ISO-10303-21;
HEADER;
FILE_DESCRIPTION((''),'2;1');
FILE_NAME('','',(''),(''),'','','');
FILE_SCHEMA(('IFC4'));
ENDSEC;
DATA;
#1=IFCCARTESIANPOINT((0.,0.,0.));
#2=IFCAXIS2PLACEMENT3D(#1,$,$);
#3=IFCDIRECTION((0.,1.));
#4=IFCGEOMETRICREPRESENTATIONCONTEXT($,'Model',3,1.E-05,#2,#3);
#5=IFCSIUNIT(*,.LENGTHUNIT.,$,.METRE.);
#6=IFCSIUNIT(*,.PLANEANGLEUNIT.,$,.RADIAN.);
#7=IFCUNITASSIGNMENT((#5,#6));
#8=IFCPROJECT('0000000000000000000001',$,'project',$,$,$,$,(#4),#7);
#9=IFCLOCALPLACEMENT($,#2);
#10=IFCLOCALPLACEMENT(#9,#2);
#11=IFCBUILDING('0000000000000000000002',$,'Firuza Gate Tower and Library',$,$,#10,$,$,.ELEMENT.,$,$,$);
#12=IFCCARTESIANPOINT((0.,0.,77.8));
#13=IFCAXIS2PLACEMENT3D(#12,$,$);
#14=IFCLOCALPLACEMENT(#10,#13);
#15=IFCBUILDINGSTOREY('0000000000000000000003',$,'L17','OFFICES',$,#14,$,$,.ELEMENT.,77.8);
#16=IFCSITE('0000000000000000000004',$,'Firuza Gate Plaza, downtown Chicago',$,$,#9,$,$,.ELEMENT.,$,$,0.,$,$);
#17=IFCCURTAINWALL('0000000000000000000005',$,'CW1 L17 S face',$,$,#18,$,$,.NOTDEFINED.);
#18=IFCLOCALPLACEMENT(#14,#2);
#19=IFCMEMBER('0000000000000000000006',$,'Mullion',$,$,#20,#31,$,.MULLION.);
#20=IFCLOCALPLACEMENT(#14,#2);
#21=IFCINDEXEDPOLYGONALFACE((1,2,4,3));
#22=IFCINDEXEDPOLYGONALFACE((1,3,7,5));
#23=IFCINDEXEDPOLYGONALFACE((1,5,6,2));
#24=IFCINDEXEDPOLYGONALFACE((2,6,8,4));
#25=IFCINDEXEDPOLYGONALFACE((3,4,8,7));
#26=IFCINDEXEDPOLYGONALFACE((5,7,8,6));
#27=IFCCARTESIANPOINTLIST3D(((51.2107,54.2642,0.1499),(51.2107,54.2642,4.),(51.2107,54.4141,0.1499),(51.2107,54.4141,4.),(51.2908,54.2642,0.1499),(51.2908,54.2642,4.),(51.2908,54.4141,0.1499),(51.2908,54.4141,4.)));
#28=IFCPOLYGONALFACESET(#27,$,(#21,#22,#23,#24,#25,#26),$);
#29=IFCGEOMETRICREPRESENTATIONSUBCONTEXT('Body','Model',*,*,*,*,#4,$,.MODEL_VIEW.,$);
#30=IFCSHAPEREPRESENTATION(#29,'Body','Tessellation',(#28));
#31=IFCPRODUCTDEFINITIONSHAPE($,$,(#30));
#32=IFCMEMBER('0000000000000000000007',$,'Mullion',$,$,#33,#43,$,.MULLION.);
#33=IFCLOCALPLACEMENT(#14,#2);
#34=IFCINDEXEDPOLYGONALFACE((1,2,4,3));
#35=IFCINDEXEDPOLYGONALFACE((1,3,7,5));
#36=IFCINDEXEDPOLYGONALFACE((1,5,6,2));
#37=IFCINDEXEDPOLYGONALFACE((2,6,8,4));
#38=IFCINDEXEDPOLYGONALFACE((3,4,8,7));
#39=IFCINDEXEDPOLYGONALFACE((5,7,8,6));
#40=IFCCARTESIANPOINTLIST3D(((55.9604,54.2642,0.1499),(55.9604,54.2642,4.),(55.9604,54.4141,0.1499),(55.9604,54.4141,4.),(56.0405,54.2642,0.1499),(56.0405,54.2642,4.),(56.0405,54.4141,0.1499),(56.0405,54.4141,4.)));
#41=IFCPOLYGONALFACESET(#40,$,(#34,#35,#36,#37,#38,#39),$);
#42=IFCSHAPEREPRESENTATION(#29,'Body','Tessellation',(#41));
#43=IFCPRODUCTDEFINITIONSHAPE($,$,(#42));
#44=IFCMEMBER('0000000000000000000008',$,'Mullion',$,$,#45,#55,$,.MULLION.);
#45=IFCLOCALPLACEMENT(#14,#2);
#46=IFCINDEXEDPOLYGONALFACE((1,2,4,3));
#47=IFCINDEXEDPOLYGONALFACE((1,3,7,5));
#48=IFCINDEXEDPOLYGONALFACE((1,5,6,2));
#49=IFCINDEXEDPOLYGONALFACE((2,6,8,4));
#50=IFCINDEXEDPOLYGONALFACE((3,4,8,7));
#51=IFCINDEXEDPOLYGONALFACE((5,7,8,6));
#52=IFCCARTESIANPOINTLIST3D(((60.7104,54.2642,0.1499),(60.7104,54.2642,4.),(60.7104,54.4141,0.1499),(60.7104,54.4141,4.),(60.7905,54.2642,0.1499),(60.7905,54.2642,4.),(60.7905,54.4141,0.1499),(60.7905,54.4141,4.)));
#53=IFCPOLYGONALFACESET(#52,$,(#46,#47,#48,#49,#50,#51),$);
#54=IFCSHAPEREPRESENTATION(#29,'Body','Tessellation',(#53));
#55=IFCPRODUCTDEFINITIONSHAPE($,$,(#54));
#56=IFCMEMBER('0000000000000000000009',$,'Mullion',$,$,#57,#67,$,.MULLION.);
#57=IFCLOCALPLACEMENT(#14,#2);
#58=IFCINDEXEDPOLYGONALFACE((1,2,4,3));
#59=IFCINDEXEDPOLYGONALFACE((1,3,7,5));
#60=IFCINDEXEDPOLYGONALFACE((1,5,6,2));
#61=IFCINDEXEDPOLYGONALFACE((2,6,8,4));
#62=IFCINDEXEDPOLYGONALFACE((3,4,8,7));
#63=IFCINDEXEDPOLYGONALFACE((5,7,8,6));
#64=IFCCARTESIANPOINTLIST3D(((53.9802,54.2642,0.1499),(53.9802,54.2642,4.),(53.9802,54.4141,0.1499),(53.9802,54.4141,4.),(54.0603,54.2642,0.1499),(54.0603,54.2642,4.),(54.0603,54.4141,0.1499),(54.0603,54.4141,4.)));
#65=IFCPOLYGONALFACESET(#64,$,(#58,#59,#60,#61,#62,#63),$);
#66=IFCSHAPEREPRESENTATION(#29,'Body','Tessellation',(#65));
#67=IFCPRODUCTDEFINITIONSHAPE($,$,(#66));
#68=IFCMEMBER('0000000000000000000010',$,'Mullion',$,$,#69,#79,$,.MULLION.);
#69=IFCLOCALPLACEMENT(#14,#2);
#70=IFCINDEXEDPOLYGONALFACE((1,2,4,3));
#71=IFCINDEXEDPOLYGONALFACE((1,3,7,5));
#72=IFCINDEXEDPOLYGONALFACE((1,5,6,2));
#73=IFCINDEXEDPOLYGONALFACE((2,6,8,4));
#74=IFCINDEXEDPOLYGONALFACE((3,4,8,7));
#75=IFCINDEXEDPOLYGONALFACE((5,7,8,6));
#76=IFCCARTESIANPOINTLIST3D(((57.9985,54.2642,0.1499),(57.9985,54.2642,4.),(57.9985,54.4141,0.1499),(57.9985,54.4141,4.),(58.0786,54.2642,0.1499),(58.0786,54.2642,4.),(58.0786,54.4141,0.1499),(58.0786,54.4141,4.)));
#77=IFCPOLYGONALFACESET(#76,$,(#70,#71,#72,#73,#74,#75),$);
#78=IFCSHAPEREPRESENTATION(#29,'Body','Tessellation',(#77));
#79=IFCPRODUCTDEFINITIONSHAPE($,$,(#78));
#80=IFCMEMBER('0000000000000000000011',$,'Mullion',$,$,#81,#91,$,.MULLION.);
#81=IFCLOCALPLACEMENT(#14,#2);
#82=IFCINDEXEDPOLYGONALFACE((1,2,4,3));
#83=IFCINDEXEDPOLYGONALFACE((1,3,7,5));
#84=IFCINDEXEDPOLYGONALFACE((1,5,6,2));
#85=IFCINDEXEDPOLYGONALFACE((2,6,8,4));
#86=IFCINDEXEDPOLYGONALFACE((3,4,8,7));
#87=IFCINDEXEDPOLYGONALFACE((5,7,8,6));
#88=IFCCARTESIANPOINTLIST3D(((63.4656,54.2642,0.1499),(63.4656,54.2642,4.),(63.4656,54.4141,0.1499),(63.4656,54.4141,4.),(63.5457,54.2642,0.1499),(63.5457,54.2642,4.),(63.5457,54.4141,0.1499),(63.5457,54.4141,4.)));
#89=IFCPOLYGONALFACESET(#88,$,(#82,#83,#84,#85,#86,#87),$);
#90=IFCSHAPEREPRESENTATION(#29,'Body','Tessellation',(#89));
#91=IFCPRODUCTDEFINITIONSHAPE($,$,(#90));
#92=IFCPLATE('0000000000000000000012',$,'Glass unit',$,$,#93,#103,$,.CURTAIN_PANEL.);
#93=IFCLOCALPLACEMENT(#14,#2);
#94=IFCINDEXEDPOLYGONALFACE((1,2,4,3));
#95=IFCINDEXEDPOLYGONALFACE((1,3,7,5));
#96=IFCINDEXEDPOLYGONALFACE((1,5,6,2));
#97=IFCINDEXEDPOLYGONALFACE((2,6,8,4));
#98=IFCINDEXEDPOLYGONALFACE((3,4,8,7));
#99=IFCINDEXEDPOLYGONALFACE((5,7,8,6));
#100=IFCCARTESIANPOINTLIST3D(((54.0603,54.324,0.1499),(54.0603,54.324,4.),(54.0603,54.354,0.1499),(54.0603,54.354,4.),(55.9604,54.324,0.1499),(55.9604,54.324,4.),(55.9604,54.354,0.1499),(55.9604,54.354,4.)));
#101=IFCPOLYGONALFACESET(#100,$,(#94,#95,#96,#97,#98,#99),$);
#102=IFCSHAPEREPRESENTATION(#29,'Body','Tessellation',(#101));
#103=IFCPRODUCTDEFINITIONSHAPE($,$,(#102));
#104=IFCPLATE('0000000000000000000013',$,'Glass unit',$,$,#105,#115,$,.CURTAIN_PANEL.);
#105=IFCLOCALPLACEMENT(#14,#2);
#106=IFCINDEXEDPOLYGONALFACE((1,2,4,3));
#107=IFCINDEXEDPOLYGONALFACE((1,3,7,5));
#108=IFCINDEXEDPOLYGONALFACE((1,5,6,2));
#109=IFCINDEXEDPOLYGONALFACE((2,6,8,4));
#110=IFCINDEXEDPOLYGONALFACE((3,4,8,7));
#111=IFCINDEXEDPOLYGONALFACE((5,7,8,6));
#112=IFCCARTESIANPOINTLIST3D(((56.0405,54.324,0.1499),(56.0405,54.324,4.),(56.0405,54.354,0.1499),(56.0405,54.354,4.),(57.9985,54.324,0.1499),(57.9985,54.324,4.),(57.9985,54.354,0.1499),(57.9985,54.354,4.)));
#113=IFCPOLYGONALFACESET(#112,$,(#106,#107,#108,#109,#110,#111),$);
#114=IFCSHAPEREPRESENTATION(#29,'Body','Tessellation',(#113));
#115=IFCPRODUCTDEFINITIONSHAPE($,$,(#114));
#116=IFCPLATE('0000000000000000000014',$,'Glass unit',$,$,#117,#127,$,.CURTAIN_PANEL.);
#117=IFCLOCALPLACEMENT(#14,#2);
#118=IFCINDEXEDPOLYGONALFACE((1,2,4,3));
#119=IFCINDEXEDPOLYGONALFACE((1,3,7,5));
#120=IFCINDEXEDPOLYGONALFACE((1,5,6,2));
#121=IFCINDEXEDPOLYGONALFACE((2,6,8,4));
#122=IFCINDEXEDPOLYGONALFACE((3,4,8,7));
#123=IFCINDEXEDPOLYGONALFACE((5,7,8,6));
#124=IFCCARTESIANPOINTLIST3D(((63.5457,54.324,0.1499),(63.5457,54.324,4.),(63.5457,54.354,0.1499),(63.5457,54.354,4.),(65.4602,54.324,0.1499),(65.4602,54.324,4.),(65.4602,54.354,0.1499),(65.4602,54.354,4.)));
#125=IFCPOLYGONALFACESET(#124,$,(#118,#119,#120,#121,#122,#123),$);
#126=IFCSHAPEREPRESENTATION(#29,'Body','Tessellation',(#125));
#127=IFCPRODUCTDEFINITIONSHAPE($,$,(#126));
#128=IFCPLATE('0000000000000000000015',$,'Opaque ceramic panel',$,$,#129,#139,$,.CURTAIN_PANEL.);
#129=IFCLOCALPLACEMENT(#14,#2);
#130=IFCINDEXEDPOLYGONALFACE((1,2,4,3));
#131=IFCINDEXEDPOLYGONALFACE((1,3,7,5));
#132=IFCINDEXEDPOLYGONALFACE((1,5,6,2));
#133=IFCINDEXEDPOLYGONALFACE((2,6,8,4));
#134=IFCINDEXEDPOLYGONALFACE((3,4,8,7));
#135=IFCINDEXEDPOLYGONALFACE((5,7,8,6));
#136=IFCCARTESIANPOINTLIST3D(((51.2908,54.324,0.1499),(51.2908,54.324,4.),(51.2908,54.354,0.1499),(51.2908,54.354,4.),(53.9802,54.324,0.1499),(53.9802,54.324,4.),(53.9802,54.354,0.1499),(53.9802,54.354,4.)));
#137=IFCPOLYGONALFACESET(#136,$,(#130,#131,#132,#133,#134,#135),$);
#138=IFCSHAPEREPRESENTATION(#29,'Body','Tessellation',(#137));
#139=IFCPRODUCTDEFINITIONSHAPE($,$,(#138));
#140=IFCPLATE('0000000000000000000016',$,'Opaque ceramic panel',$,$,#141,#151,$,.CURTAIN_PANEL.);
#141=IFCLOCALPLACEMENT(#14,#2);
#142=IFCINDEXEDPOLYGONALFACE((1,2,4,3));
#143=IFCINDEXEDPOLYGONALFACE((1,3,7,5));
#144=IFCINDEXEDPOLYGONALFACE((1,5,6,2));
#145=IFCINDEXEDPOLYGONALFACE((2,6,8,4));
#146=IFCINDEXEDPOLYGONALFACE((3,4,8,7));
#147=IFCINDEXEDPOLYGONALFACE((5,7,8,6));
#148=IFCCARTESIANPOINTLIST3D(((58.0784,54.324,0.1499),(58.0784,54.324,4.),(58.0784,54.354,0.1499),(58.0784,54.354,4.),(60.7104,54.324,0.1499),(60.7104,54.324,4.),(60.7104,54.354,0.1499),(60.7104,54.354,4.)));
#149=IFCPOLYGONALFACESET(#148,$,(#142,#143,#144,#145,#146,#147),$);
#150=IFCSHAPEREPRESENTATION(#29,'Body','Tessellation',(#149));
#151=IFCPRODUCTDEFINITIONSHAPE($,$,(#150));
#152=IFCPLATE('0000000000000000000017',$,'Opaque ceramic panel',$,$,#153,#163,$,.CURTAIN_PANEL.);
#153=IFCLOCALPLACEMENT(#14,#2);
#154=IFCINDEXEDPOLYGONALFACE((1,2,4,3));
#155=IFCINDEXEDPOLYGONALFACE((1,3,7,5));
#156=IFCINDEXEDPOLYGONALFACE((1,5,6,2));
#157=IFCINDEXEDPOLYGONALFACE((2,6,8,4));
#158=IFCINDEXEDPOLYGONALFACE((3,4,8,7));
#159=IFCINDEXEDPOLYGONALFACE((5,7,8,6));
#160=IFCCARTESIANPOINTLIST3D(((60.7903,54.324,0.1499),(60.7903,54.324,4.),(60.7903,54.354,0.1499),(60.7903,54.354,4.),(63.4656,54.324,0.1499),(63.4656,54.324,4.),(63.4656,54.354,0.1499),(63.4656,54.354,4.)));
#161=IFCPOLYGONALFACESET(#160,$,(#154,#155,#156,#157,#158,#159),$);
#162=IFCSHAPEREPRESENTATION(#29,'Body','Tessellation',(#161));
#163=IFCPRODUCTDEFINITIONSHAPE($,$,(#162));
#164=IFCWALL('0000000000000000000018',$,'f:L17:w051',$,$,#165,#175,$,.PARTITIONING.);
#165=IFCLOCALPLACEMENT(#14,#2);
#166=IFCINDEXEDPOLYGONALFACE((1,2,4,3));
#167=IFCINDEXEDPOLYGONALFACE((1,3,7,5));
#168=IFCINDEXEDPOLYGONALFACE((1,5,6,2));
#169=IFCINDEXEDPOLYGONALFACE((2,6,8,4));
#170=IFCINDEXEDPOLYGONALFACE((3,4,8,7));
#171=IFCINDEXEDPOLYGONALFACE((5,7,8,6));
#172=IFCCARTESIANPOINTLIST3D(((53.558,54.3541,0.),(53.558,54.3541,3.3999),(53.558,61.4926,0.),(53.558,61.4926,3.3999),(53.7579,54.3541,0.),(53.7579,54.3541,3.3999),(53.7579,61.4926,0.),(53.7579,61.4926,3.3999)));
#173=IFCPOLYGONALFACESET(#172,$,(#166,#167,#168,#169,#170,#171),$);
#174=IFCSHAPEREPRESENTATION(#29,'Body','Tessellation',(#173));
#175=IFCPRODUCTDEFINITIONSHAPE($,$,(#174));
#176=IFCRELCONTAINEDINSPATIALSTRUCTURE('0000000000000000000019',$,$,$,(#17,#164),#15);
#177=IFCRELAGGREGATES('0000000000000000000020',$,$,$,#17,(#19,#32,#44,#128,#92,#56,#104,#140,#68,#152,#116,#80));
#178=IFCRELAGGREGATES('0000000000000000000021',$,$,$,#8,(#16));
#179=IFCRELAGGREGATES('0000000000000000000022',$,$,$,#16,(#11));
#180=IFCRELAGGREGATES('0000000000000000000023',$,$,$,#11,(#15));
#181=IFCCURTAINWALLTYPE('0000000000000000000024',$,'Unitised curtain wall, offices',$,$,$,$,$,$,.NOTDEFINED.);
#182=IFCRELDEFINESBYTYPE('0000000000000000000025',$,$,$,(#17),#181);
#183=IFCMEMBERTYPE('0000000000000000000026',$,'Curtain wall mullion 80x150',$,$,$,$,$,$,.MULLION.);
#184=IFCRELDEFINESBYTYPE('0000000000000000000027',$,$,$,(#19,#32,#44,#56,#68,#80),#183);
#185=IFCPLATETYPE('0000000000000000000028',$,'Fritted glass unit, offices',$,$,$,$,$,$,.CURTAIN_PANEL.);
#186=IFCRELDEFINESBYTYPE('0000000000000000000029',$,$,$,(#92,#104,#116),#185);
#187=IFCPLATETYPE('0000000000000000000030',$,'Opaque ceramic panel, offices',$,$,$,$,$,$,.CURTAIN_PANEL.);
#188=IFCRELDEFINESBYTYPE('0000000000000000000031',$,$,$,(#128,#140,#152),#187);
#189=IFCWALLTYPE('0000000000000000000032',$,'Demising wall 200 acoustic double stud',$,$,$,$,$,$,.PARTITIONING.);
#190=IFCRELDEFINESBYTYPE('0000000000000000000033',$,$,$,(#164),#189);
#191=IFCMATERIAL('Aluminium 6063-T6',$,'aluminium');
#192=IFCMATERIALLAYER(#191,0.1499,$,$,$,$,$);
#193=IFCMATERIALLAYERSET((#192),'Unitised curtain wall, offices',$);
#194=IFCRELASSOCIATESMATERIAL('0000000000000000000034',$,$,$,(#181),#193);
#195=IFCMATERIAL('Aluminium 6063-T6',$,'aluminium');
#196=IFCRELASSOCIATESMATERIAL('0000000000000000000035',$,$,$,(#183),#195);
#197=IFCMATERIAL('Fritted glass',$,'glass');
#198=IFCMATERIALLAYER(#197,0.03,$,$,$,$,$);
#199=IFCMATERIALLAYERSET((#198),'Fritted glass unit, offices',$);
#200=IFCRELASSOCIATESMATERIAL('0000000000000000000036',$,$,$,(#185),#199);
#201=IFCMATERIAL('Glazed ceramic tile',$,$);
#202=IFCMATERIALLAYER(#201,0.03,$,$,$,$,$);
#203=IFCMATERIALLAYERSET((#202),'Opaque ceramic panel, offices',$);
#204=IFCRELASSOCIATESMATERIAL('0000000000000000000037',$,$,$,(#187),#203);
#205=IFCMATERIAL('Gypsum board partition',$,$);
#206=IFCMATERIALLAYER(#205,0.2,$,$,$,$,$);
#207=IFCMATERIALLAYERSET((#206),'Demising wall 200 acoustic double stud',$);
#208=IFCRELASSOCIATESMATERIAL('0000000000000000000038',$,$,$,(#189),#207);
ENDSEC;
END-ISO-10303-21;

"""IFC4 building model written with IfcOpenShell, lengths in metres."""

from ifc_helpers import new_model, si_unit, direction, frame, frame_2d, origin, origin_2d, place, context, subcontext, project, spatial, polyline, rectangle, outline, extrude, material, layer, layer_set, material_profile, profile_set, type_object, element, aggregate, save


model = new_model("IFC4")

# Units and contexts
model_context = context("Model", 3, precision=1e-05, world=origin(), true_north=direction((0.0, 1.0)))
body_context = subcontext(model_context, "Body", "Model", "MODEL_VIEW")
ifc_project = project(units=[si_unit("LENGTHUNIT", "METRE"), si_unit("PLANEANGLEUNIT", "RADIAN")], contexts=[model_context])

# Site, building, storey
site_placement = place(None, origin())
site = spatial("IfcSite", under=ifc_project, at=site_placement, Name="Firuza Gate Plaza, downtown Chicago", CompositionType="ELEMENT", RefElevation=0.0)
building_placement = place(site_placement, origin())
building = spatial("IfcBuilding", under=site, at=building_placement, Name="Firuza Gate Tower and Library", CompositionType="ELEMENT")
storey_placement = place(building_placement, frame((0.0, 0.0, 77.8)))
storey = spatial("IfcBuildingStorey", under=building, at=storey_placement, Name="L17", Description="OFFICES", CompositionType="ELEMENT", Elevation=77.8)

# Curtain wall, members, plates
ifc_material_1 = material(Name="Aluminium 6063-T6", Category="aluminium")
ifc_layer_1 = layer(ifc_material_1, 0.1499)
ifc_layer_set_1 = layer_set([ifc_layer_1], Name="Unitised curtain wall, offices")
curtain_wall_type = type_object("IfcCurtainWallType", Name="Unitised curtain wall, offices", PredefinedType="NOTDEFINED", material=ifc_layer_set_1)
curtain_wall_placement = place(storey_placement, origin())
curtain_wall = element("IfcCurtainWall", 1, at=curtain_wall_placement, inside=storey, type_object=curtain_wall_type, Name="CW1 L17 S face", PredefinedType="NOTDEFINED")
ifc_material_2 = material(Name="Aluminium 6063-T6", Category="aluminium")
ifc_material_profile = material_profile(ifc_material_2, rectangle(XDim=0.1499, YDim=0.0801, at=origin_2d()))
ifc_profile_set = profile_set([ifc_material_profile], Name="Aluminium 6063-T6")
member_type = type_object("IfcMemberType", Name="Curtain wall mullion 80x150", PredefinedType="MULLION", material=ifc_profile_set)
member_1_placement = place(storey_placement, frame((51.2507, 54.3391, 0.1499), z_axis=(0.0, 0.0, 1.0), x_axis=(0.0, 1.0, 0.0)))
member_1 = element("IfcMember", 2, at=member_1_placement, type_object=member_type, Name="Mullion", PredefinedType="MULLION", context=body_context, shape_type="SweptSolid", body=[
    extrude(rectangle(XDim=0.1499, YDim=0.0801, at=origin_2d()), origin(), (0.0, 0.0, 1.0), 3.8501),
])
member_2_placement = place(storey_placement, frame((56.0005, 54.3391, 0.1499), z_axis=(0.0, 0.0, 1.0), x_axis=(0.0, 1.0, 0.0)))
member_2 = element("IfcMember", 3, at=member_2_placement, type_object=member_type, Name="Mullion", PredefinedType="MULLION", context=body_context, shape_type="SweptSolid", body=[
    extrude(rectangle(XDim=0.1499, YDim=0.0801, at=origin_2d()), origin(), (0.0, 0.0, 1.0), 3.8501),
])
member_3_placement = place(storey_placement, frame((60.7505, 54.3391, 0.1499), z_axis=(0.0, 0.0, 1.0), x_axis=(0.0, 1.0, 0.0)))
member_3 = element("IfcMember", 4, at=member_3_placement, type_object=member_type, Name="Mullion", PredefinedType="MULLION", context=body_context, shape_type="SweptSolid", body=[
    extrude(rectangle(XDim=0.1499, YDim=0.0801, at=origin_2d()), origin(), (0.0, 0.0, 1.0), 3.8501),
])
member_4_placement = place(storey_placement, frame((54.0203, 54.3391, 0.1499), z_axis=(0.0, 0.0, 1.0), x_axis=(0.0, 1.0, 0.0)))
member_4 = element("IfcMember", 5, at=member_4_placement, type_object=member_type, Name="Mullion", PredefinedType="MULLION", context=body_context, shape_type="SweptSolid", body=[
    extrude(rectangle(XDim=0.1499, YDim=0.0801, at=origin_2d()), origin(), (0.0, 0.0, 1.0), 3.8501),
])
member_5_placement = place(storey_placement, frame((58.0386, 54.3391, 0.1499), z_axis=(0.0, 0.0, 1.0), x_axis=(0.0, 1.0, 0.0)))
member_5 = element("IfcMember", 6, at=member_5_placement, type_object=member_type, Name="Mullion", PredefinedType="MULLION", context=body_context, shape_type="SweptSolid", body=[
    extrude(rectangle(XDim=0.1499, YDim=0.0801, at=origin_2d()), origin(), (0.0, 0.0, 1.0), 3.8501),
])
member_6_placement = place(storey_placement, frame((63.5056, 54.3391, 0.1499), z_axis=(0.0, 0.0, 1.0), x_axis=(0.0, 1.0, 0.0)))
member_6 = element("IfcMember", 7, at=member_6_placement, type_object=member_type, Name="Mullion", PredefinedType="MULLION", context=body_context, shape_type="SweptSolid", body=[
    extrude(rectangle(XDim=0.1499, YDim=0.0801, at=origin_2d()), origin(), (0.0, 0.0, 1.0), 3.8501),
])
ifc_material_3 = material(Name="Fritted glass", Category="glass")
ifc_layer_2 = layer(ifc_material_3, 0.03)
ifc_layer_set_2 = layer_set([ifc_layer_2], Name="Fritted glass unit, offices")
plate_type_1 = type_object("IfcPlateType", Name="Fritted glass unit, offices", PredefinedType="CURTAIN_PANEL", material=ifc_layer_set_2)
plate_1_placement = place(storey_placement, frame((54.0603, 54.324, 0.1499), z_axis=(0.0, -1.0, 0.0), x_axis=(1.0, 0.0, 0.0)))
plate_1 = element("IfcPlate", 8, at=plate_1_placement, type_object=plate_type_1, Name="Glass unit", PredefinedType="CURTAIN_PANEL", context=body_context, shape_type="SweptSolid", body=[
    extrude(outline(polyline([(0.0, 0.0), (1.9001, 0.0), (1.9001, 3.8501), (0.0, 3.8501), (0.0, 0.0)])), origin(), (0.0, 0.0, -1.0), 0.03),
])
plate_2_placement = place(storey_placement, frame((56.0405, 54.324, 0.1499), z_axis=(0.0, -1.0, 0.0), x_axis=(1.0, 0.0, 0.0)))
plate_2 = element("IfcPlate", 9, at=plate_2_placement, type_object=plate_type_1, Name="Glass unit", PredefinedType="CURTAIN_PANEL", context=body_context, shape_type="SweptSolid", body=[
    extrude(outline(polyline([(0.0, 0.0), (1.958, 0.0), (1.958, 3.8501), (0.0, 3.8501), (0.0, 0.0)])), origin(), (0.0, 0.0, -1.0), 0.03),
])
plate_3_placement = place(storey_placement, frame((63.5457, 54.324, 0.1499), z_axis=(0.0, -1.0, 0.0), x_axis=(1.0, 0.0, 0.0)))
plate_3 = element("IfcPlate", 10, at=plate_3_placement, type_object=plate_type_1, Name="Glass unit", PredefinedType="CURTAIN_PANEL", context=body_context, shape_type="SweptSolid", body=[
    extrude(outline(polyline([(0.0, 0.0), (1.9146, 0.0), (1.9146, 3.8501), (0.0, 3.8501), (0.0, 0.0)])), origin(), (0.0, 0.0, -1.0), 0.03),
])
ifc_material_4 = material(Name="Glazed ceramic tile")
ifc_layer_3 = layer(ifc_material_4, 0.03)
ifc_layer_set_3 = layer_set([ifc_layer_3], Name="Opaque ceramic panel, offices")
plate_type_2 = type_object("IfcPlateType", Name="Opaque ceramic panel, offices", PredefinedType="CURTAIN_PANEL", material=ifc_layer_set_3)
plate_4_placement = place(storey_placement, frame((51.2908, 54.324, 0.1499), z_axis=(0.0, -1.0, 0.0), x_axis=(1.0, 0.0, 0.0)))
plate_4 = element("IfcPlate", 11, at=plate_4_placement, type_object=plate_type_2, Name="Opaque ceramic panel", PredefinedType="CURTAIN_PANEL", context=body_context, shape_type="SweptSolid", body=[
    extrude(outline(polyline([(0.0, 0.0), (2.6895, 0.0), (2.6895, 3.8501), (0.0, 3.8501), (0.0, 0.0)])), origin(), (0.0, 0.0, -1.0), 0.03),
])
plate_5_placement = place(storey_placement, frame((58.0784, 54.324, 0.1499), z_axis=(0.0, -1.0, 0.0), x_axis=(1.0, 0.0, 0.0)))
plate_5 = element("IfcPlate", 12, at=plate_5_placement, type_object=plate_type_2, Name="Opaque ceramic panel", PredefinedType="CURTAIN_PANEL", context=body_context, shape_type="SweptSolid", body=[
    extrude(outline(polyline([(0.0, 0.0), (2.6321, 0.0), (2.6321, 3.8501), (0.0, 3.8501), (0.0, 0.0)])), origin(), (0.0, 0.0, -1.0), 0.03),
])
plate_6_placement = place(storey_placement, frame((60.7903, 54.324, 0.1499), z_axis=(0.0, -1.0, 0.0), x_axis=(1.0, 0.0, 0.0)))
plate_6 = element("IfcPlate", 13, at=plate_6_placement, type_object=plate_type_2, Name="Opaque ceramic panel", PredefinedType="CURTAIN_PANEL", context=body_context, shape_type="SweptSolid", body=[
    extrude(outline(polyline([(0.0, 0.0), (2.6753, 0.0), (2.6753, 3.8501), (0.0, 3.8501), (0.0, 0.0)])), origin(), (0.0, 0.0, -1.0), 0.03),
])
aggregate(curtain_wall, [member_1, member_2, member_3, plate_4, plate_1, member_4, plate_2, plate_5, member_5, plate_6, plate_3, member_6])

# Wall
ifc_material_5 = material(Name="Gypsum board partition")
ifc_layer_4 = layer(ifc_material_5, 0.2)
ifc_layer_set_4 = layer_set([ifc_layer_4], Name="Demising wall 200 acoustic double stud")
wall_type = type_object("IfcWallType", Name="Demising wall 200 acoustic double stud", PredefinedType="PARTITIONING", material=ifc_layer_set_4)
wall_placement = place(storey_placement, frame((53.658, 54.354, 0.0), z_axis=(0.0, 0.0, 1.0), x_axis=(0.0, 1.0, 0.0)))
element("IfcWall", 14, at=wall_placement, inside=storey, type_object=wall_type, Name="f:L17:w051", PredefinedType="PARTITIONING", context=body_context, shape_type="SweptSolid", body=[
    extrude(rectangle(XDim=7.1384, YDim=0.2, at=frame_2d((3.5693, 0.0))), origin(), (0.0, 0.0, 1.0), 3.3999),
])

save(model, "model.ifc")
